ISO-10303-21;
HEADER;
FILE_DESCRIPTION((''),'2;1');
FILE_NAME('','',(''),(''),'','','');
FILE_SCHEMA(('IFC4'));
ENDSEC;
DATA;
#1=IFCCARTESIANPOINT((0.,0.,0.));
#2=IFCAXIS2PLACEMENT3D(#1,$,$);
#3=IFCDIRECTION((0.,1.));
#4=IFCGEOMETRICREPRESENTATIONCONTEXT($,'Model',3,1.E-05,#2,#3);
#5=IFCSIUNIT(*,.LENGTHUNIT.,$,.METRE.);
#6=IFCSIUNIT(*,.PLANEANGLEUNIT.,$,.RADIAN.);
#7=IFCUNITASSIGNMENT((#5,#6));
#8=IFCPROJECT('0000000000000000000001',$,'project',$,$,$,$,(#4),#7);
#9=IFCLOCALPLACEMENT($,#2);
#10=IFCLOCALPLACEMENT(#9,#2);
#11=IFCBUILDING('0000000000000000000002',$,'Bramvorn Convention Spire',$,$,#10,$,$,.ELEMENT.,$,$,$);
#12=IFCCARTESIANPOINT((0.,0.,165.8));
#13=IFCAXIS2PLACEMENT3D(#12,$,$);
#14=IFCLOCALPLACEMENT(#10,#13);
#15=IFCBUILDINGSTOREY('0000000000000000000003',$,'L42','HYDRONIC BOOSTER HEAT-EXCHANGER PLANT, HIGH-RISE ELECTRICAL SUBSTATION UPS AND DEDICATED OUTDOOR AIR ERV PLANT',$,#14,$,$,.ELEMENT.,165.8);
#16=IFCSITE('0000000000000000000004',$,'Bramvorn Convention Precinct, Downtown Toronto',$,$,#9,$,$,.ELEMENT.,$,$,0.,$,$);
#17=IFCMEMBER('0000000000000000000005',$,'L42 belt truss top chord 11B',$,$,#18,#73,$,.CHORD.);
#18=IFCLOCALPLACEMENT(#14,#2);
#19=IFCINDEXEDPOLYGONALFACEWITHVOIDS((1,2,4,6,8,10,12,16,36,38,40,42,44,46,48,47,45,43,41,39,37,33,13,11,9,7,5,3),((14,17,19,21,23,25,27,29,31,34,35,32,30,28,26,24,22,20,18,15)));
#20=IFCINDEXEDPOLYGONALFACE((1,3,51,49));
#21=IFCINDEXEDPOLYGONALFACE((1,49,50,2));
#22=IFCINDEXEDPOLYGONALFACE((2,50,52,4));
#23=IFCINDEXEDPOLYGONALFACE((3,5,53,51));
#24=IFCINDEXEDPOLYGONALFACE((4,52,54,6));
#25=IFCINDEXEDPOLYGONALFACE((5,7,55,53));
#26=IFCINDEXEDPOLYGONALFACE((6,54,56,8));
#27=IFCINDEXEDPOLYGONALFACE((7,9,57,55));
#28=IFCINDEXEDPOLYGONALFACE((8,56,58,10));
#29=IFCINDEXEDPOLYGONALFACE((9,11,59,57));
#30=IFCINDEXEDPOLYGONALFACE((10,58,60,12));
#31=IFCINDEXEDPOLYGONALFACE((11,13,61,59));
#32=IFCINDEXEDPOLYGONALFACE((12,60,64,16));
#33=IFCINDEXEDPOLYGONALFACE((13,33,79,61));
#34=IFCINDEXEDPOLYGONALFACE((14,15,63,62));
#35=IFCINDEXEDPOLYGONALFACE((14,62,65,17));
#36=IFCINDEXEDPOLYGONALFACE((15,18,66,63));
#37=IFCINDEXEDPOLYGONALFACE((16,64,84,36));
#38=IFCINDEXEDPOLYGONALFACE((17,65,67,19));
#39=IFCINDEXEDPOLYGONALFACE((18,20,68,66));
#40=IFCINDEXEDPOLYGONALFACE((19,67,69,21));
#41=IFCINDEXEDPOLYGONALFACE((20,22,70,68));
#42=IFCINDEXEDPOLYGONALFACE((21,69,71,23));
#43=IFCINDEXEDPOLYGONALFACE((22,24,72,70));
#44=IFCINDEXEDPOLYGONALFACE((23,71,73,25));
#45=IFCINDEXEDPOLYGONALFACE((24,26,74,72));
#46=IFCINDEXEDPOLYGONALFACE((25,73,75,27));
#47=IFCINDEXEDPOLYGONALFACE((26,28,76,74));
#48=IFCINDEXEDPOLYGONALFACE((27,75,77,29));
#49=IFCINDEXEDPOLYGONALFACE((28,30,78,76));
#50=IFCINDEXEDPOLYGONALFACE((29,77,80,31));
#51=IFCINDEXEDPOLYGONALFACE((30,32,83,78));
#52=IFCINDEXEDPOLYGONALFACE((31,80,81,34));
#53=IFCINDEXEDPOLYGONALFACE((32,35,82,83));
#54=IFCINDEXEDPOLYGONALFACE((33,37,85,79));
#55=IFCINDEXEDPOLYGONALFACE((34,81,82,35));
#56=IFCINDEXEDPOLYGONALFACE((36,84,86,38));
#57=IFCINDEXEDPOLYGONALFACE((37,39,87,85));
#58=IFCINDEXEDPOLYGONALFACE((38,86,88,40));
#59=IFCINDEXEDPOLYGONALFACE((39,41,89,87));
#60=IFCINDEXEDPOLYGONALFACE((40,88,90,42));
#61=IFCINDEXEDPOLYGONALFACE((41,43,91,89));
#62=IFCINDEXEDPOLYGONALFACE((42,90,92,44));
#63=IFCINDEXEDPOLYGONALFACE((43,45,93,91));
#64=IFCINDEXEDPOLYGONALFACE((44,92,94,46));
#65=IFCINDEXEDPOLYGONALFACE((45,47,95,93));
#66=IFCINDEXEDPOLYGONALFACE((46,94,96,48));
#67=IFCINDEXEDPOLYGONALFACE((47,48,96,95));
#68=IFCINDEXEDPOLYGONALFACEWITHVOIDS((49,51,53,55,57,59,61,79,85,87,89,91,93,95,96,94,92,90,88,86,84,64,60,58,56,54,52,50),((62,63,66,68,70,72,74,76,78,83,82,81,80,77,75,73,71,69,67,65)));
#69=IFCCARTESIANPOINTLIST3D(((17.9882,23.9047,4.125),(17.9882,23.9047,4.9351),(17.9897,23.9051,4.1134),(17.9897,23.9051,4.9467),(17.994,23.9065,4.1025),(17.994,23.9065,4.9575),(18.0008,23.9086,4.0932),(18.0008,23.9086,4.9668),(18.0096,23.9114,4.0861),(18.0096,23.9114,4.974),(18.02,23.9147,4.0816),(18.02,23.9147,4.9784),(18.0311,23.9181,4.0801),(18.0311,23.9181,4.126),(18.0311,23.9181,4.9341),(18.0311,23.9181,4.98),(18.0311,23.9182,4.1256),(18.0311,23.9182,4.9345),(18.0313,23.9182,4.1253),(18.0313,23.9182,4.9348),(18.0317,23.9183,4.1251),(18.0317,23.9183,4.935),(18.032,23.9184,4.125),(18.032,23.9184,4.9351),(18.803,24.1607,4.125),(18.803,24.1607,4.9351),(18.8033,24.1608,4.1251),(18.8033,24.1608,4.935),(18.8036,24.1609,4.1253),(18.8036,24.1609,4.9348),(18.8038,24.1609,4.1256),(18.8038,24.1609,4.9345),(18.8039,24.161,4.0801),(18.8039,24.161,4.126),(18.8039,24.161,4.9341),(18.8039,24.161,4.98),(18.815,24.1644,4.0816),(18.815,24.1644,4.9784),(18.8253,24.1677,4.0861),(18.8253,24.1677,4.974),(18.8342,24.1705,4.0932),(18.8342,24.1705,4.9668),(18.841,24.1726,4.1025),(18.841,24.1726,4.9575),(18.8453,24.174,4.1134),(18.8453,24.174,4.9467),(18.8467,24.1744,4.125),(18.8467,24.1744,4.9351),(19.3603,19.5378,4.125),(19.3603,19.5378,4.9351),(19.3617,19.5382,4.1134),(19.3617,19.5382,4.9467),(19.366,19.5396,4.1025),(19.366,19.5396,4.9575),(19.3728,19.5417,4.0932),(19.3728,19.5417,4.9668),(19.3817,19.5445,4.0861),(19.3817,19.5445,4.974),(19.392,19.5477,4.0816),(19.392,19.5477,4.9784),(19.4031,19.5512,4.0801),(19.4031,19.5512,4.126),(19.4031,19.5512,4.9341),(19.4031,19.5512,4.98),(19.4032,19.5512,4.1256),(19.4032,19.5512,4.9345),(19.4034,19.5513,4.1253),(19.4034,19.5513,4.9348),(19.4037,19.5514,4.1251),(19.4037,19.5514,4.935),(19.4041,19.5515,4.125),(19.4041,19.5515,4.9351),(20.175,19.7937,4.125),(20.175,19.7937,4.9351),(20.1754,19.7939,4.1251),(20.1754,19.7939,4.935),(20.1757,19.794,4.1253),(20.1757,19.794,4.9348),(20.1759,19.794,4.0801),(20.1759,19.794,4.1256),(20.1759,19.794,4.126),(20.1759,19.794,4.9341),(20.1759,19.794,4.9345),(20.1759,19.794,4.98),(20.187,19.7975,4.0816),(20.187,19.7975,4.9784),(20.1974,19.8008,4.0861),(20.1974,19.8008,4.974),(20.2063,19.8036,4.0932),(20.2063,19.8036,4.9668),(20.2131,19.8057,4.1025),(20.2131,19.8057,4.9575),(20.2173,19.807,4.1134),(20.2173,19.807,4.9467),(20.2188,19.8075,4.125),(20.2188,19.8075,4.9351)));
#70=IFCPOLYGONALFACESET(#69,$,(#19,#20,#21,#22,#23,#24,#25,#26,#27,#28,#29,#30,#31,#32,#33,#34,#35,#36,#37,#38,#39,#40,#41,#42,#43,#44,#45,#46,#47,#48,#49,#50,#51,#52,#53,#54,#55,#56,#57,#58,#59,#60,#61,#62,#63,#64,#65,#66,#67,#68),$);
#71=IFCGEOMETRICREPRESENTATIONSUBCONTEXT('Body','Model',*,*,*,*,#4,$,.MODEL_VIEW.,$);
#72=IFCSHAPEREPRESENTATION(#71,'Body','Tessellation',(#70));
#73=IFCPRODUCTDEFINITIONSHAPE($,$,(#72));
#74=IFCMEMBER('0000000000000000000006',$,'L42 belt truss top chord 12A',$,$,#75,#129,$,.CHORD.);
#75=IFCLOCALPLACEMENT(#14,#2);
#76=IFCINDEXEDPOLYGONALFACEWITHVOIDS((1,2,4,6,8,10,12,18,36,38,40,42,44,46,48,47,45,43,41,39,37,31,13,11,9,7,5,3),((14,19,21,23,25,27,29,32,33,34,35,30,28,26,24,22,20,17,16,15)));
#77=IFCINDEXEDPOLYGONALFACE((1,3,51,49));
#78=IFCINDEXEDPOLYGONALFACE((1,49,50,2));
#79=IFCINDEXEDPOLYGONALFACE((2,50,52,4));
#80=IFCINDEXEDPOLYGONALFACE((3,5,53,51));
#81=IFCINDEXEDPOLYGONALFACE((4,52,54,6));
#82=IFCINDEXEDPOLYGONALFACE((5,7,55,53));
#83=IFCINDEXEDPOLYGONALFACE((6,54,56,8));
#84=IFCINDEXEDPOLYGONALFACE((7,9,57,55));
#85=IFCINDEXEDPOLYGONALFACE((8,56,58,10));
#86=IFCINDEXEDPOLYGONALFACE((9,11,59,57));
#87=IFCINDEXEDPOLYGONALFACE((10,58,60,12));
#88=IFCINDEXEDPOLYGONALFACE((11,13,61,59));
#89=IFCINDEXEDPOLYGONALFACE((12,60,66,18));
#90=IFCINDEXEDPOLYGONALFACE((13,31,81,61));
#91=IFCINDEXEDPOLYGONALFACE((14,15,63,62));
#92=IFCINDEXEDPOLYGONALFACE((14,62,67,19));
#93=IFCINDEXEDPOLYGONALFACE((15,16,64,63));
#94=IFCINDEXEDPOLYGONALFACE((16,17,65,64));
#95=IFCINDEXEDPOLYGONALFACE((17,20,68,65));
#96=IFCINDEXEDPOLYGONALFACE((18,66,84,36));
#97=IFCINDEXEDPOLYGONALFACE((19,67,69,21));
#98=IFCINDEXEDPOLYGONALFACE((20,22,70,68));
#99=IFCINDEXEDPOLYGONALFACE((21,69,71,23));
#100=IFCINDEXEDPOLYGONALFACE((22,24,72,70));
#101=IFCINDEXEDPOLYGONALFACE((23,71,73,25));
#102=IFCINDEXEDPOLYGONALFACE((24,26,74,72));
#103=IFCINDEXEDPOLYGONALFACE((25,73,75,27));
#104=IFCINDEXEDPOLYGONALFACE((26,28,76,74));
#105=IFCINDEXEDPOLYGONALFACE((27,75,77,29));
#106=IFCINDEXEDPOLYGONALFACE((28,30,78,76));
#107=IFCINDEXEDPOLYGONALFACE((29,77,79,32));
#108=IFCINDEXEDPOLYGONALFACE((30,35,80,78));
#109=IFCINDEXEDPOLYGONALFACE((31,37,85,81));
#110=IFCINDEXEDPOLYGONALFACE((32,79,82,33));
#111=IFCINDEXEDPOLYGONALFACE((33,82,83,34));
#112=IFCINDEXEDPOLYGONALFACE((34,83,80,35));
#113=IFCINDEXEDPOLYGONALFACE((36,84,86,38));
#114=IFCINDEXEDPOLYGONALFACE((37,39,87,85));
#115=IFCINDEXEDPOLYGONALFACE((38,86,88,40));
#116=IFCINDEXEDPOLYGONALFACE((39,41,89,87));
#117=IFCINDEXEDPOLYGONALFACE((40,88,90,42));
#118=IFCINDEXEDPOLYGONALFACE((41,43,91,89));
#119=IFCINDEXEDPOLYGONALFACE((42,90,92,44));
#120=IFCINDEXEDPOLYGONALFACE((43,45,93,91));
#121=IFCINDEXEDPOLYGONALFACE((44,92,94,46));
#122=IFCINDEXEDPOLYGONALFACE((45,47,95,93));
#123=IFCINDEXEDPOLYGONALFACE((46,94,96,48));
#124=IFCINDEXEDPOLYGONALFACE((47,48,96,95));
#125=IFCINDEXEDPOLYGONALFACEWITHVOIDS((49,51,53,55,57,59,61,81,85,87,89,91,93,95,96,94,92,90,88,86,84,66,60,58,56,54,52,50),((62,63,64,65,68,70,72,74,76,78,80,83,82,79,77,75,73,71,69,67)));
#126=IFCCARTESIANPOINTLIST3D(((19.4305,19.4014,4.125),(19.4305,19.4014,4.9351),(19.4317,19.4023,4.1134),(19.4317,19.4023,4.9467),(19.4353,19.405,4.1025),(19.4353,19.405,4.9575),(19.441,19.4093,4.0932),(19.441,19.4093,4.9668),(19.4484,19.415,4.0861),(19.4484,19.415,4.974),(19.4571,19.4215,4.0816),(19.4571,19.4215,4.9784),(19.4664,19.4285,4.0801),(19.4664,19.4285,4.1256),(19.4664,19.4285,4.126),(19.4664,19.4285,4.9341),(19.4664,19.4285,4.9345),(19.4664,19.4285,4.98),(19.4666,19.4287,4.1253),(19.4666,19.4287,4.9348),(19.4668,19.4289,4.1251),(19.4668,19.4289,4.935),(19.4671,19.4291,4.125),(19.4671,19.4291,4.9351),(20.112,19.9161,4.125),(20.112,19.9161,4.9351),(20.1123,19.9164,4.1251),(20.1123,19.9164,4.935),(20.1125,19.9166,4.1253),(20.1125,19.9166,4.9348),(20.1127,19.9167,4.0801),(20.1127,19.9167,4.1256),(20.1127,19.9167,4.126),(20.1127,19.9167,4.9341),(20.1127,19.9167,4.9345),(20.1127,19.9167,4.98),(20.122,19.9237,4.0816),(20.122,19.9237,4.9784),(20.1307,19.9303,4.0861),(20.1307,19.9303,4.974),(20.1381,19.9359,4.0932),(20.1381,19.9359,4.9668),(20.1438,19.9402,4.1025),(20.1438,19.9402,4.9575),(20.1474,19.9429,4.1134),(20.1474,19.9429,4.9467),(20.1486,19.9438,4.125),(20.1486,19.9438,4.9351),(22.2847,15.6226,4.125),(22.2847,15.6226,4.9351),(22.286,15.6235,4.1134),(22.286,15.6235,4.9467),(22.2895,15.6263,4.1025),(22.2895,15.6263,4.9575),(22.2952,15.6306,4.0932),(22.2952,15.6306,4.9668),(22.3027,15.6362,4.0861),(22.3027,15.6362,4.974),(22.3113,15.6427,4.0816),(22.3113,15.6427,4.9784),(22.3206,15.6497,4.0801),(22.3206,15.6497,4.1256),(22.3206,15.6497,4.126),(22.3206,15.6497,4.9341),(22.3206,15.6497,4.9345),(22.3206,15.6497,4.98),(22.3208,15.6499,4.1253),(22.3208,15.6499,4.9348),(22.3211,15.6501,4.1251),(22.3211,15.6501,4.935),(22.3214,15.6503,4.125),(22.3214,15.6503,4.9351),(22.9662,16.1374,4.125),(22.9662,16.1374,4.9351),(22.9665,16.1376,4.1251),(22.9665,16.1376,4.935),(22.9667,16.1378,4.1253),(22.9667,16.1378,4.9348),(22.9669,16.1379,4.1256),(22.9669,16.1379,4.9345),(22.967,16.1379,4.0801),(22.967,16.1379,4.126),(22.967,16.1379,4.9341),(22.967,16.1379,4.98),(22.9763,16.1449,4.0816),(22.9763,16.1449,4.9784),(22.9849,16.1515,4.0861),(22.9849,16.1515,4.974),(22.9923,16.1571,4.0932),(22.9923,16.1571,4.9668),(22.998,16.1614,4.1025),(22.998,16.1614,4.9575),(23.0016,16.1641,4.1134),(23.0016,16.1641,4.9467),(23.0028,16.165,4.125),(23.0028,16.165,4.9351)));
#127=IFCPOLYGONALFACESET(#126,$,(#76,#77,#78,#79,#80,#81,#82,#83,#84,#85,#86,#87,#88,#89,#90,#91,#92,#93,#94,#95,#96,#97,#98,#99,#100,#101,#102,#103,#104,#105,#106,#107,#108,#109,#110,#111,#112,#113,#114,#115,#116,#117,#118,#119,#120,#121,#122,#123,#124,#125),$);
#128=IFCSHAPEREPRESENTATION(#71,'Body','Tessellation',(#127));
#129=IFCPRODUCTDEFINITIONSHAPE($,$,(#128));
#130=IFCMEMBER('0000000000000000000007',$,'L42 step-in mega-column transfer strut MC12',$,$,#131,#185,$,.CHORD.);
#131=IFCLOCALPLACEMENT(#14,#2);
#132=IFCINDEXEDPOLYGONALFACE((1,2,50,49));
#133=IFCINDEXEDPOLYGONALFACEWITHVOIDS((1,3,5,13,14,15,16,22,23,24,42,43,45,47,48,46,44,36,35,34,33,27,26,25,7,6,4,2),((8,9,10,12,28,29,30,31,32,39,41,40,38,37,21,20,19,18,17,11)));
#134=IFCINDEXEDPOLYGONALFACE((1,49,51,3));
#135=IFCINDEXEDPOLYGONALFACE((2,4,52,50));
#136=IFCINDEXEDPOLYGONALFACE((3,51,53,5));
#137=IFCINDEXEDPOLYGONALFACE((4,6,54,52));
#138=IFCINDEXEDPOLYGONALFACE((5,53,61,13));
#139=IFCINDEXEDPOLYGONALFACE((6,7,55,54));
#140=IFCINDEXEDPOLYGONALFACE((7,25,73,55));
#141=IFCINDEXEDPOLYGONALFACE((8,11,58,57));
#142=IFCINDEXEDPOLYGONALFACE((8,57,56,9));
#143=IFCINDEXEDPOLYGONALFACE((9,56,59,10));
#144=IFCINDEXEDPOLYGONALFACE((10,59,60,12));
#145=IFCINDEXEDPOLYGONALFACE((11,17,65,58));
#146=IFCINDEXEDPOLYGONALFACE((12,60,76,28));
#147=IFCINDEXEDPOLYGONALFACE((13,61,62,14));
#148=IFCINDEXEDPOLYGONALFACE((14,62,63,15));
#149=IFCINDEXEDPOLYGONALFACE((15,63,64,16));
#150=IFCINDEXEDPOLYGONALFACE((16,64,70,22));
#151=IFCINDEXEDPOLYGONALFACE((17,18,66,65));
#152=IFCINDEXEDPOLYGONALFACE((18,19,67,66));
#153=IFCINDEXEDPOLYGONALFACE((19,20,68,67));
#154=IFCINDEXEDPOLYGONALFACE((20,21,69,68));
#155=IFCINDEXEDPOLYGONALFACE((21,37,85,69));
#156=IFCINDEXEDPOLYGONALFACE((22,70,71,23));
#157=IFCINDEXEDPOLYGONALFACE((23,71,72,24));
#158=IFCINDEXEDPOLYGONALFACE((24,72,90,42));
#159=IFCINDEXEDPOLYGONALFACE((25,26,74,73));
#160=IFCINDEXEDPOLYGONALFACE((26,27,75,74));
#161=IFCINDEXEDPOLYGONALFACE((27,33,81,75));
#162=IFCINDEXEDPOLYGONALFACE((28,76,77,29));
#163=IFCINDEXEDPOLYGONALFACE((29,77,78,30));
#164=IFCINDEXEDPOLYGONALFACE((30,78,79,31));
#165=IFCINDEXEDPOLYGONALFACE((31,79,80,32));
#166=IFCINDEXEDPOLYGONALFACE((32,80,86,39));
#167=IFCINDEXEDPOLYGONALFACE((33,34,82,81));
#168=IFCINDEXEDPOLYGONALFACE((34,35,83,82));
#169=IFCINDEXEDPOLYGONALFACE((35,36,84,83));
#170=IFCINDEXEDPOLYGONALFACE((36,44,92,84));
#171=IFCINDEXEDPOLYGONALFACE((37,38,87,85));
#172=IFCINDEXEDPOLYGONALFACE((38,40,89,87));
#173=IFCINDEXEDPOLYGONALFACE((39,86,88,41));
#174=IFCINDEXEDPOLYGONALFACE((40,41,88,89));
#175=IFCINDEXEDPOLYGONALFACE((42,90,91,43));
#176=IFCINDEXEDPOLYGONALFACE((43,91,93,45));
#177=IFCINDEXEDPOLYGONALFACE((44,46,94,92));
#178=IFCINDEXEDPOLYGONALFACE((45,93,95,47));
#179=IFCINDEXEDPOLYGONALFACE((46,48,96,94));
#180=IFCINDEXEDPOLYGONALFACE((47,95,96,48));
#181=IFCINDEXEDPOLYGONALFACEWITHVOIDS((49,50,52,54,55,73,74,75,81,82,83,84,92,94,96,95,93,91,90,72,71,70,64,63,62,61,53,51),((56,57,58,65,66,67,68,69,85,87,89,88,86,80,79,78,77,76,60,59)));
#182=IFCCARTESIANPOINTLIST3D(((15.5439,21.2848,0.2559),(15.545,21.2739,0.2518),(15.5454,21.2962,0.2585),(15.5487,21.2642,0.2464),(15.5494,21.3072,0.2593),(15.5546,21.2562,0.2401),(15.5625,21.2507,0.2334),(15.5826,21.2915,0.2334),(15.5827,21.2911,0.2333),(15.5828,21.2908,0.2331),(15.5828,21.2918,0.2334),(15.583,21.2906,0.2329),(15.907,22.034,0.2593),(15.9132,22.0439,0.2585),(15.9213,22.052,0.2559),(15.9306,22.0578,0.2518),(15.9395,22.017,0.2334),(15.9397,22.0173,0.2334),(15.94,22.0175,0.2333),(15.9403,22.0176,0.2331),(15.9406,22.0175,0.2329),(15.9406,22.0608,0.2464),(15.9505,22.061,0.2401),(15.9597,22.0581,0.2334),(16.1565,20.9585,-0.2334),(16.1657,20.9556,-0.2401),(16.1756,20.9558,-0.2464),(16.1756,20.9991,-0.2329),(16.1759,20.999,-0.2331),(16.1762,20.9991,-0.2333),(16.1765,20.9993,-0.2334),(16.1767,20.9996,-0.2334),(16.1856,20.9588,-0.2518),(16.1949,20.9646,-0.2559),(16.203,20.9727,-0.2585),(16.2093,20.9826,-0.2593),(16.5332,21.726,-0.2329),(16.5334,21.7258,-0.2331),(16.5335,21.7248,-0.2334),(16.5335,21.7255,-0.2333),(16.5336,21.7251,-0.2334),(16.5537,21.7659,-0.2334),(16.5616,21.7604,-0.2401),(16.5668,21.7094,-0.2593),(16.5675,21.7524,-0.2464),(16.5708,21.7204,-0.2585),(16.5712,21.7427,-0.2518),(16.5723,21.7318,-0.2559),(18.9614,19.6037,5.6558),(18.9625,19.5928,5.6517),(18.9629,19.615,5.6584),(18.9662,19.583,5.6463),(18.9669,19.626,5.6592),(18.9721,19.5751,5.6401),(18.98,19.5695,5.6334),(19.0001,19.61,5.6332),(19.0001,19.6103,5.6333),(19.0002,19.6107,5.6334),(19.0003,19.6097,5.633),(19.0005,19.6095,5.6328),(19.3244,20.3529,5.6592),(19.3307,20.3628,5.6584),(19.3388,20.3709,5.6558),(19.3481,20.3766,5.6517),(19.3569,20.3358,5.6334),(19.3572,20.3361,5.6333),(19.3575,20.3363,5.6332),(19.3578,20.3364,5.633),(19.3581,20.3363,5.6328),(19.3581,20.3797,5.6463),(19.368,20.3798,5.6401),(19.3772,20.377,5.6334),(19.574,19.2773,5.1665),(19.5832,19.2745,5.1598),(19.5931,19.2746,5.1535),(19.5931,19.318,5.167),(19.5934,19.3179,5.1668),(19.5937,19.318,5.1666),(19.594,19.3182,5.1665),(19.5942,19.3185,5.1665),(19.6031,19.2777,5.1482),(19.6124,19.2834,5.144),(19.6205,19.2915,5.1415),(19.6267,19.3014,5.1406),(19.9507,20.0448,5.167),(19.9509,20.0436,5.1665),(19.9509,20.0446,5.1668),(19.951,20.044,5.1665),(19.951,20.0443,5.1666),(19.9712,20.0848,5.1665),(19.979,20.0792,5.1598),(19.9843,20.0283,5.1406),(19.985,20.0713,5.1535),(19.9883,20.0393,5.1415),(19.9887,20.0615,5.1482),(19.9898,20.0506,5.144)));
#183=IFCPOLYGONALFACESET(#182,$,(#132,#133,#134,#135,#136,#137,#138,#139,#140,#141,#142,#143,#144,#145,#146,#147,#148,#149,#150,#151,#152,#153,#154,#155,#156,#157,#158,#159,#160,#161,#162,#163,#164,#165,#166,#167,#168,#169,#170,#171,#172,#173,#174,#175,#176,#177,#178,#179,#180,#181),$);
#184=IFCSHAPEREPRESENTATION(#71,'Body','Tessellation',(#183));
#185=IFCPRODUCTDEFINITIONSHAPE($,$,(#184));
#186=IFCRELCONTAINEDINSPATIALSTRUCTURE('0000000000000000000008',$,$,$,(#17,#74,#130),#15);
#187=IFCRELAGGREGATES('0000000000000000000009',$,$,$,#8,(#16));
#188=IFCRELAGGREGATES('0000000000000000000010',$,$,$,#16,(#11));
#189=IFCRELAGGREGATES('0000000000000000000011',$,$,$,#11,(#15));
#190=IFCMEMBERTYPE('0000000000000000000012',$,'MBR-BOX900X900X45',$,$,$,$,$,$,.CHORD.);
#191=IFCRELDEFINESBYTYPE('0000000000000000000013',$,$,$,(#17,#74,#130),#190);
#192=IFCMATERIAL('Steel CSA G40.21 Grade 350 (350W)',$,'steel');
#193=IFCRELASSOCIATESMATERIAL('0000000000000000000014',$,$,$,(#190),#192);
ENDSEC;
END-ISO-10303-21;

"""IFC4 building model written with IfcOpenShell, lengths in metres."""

from ifc_helpers import new_model, si_unit, direction, frame, origin, origin_2d, place, context, subcontext, project, spatial, hollow_rectangle, extrude, material, material_profile, profile_set, type_object, element, save


model = new_model("IFC4")

# Units and contexts
model_context = context("Model", 3, precision=1e-05, world=origin(), true_north=direction((0.0, 1.0)))
body_context = subcontext(model_context, "Body", "Model", "MODEL_VIEW")
ifc_project = project(units=[si_unit("LENGTHUNIT", "METRE"), si_unit("PLANEANGLEUNIT", "RADIAN")], contexts=[model_context])

# Site, building, storey
site_placement = place(None, origin())
site = spatial("IfcSite", under=ifc_project, at=site_placement, Name="Bramvorn Convention Precinct, Downtown Toronto", CompositionType="ELEMENT", RefElevation=0.0)
building_placement = place(site_placement, origin())
building = spatial("IfcBuilding", under=site, at=building_placement, Name="Bramvorn Convention Spire", CompositionType="ELEMENT")
storey_placement = place(building_placement, frame((0.0, 0.0, 165.8)))
storey = spatial("IfcBuildingStorey", under=building, at=storey_placement, Name="L42", Description="HYDRONIC BOOSTER HEAT-EXCHANGER PLANT, HIGH-RISE ELECTRICAL SUBSTATION UPS AND DEDICATED OUTDOOR AIR ERV PLANT", CompositionType="ELEMENT", Elevation=165.8)

# Shared definitions
ifc_material_1 = material(Name="Steel CSA G40.21 Grade 350 (350W)", Category="steel")

# Members
ifc_material_profile_1 = material_profile(ifc_material_1, hollow_rectangle(XDim=0.8999, YDim=0.8999, WallThickness=0.0449, InnerFilletRadius=0.001, OuterFilletRadius=0.0449, at=origin_2d()))
ifc_profile_set_1 = profile_set([ifc_material_profile_1], Name="Steel CSA G40.21 Grade 350 (350W) - BOX900X900X45")
member_type_1 = type_object("IfcMemberType", Name="MBR-BOX900X900X45", PredefinedType="CHORD", material=ifc_profile_set_1)
member_1_placement = place(storey_placement, frame((18.4175, 24.0396, 4.53), z_axis=(0.299748, -0.954019, 0.0), x_axis=(0.954019, 0.299748, 0.0)))
element("IfcMember", 1, at=member_1_placement, inside=storey, type_object=member_type_1, Name="L42 belt truss top chord 11B", PredefinedType="CHORD", context=body_context, shape_type="SweptSolid", body=[
    extrude(hollow_rectangle(XDim=0.8999, YDim=0.8999, WallThickness=0.0449, InnerFilletRadius=0.001, OuterFilletRadius=0.0449, at=origin_2d()), origin(), (0.0, 0.0, 1.0), 4.5774),
])
member_2_placement = place(storey_placement, frame((19.7896, 19.6726, 4.53), z_axis=(0.602719, -0.797954, 0.0), x_axis=(0.797954, 0.602719, 0.0)))
element("IfcMember", 2, at=member_2_placement, inside=storey, type_object=member_type_1, Name="L42 belt truss top chord 12A", PredefinedType="CHORD", context=body_context, shape_type="SweptSolid", body=[
    extrude(hollow_rectangle(XDim=0.8999, YDim=0.8999, WallThickness=0.0449, InnerFilletRadius=0.001, OuterFilletRadius=0.0449, at=origin_2d()), origin(), (0.0, 0.0, 1.0), 4.7356),
])
member_3_placement = place(storey_placement, frame((16.0581, 21.5083, 0.0), z_axis=(0.517181, -0.254415, 0.817188), x_axis=(0.441409, 0.897306, 0.0)))
element("IfcMember", 3, at=member_3_placement, inside=storey, type_object=member_type_1, Name="L42 step-in mega-column transfer strut MC12", PredefinedType="CHORD", context=body_context, shape_type="SweptSolid", body=[
    extrude(hollow_rectangle(XDim=0.8999, YDim=0.8999, WallThickness=0.0449, InnerFilletRadius=0.001, OuterFilletRadius=0.0449, at=origin_2d()), origin(), (0.0, 0.0, 1.0), 6.6079),
])

save(model, "model.ifc")
